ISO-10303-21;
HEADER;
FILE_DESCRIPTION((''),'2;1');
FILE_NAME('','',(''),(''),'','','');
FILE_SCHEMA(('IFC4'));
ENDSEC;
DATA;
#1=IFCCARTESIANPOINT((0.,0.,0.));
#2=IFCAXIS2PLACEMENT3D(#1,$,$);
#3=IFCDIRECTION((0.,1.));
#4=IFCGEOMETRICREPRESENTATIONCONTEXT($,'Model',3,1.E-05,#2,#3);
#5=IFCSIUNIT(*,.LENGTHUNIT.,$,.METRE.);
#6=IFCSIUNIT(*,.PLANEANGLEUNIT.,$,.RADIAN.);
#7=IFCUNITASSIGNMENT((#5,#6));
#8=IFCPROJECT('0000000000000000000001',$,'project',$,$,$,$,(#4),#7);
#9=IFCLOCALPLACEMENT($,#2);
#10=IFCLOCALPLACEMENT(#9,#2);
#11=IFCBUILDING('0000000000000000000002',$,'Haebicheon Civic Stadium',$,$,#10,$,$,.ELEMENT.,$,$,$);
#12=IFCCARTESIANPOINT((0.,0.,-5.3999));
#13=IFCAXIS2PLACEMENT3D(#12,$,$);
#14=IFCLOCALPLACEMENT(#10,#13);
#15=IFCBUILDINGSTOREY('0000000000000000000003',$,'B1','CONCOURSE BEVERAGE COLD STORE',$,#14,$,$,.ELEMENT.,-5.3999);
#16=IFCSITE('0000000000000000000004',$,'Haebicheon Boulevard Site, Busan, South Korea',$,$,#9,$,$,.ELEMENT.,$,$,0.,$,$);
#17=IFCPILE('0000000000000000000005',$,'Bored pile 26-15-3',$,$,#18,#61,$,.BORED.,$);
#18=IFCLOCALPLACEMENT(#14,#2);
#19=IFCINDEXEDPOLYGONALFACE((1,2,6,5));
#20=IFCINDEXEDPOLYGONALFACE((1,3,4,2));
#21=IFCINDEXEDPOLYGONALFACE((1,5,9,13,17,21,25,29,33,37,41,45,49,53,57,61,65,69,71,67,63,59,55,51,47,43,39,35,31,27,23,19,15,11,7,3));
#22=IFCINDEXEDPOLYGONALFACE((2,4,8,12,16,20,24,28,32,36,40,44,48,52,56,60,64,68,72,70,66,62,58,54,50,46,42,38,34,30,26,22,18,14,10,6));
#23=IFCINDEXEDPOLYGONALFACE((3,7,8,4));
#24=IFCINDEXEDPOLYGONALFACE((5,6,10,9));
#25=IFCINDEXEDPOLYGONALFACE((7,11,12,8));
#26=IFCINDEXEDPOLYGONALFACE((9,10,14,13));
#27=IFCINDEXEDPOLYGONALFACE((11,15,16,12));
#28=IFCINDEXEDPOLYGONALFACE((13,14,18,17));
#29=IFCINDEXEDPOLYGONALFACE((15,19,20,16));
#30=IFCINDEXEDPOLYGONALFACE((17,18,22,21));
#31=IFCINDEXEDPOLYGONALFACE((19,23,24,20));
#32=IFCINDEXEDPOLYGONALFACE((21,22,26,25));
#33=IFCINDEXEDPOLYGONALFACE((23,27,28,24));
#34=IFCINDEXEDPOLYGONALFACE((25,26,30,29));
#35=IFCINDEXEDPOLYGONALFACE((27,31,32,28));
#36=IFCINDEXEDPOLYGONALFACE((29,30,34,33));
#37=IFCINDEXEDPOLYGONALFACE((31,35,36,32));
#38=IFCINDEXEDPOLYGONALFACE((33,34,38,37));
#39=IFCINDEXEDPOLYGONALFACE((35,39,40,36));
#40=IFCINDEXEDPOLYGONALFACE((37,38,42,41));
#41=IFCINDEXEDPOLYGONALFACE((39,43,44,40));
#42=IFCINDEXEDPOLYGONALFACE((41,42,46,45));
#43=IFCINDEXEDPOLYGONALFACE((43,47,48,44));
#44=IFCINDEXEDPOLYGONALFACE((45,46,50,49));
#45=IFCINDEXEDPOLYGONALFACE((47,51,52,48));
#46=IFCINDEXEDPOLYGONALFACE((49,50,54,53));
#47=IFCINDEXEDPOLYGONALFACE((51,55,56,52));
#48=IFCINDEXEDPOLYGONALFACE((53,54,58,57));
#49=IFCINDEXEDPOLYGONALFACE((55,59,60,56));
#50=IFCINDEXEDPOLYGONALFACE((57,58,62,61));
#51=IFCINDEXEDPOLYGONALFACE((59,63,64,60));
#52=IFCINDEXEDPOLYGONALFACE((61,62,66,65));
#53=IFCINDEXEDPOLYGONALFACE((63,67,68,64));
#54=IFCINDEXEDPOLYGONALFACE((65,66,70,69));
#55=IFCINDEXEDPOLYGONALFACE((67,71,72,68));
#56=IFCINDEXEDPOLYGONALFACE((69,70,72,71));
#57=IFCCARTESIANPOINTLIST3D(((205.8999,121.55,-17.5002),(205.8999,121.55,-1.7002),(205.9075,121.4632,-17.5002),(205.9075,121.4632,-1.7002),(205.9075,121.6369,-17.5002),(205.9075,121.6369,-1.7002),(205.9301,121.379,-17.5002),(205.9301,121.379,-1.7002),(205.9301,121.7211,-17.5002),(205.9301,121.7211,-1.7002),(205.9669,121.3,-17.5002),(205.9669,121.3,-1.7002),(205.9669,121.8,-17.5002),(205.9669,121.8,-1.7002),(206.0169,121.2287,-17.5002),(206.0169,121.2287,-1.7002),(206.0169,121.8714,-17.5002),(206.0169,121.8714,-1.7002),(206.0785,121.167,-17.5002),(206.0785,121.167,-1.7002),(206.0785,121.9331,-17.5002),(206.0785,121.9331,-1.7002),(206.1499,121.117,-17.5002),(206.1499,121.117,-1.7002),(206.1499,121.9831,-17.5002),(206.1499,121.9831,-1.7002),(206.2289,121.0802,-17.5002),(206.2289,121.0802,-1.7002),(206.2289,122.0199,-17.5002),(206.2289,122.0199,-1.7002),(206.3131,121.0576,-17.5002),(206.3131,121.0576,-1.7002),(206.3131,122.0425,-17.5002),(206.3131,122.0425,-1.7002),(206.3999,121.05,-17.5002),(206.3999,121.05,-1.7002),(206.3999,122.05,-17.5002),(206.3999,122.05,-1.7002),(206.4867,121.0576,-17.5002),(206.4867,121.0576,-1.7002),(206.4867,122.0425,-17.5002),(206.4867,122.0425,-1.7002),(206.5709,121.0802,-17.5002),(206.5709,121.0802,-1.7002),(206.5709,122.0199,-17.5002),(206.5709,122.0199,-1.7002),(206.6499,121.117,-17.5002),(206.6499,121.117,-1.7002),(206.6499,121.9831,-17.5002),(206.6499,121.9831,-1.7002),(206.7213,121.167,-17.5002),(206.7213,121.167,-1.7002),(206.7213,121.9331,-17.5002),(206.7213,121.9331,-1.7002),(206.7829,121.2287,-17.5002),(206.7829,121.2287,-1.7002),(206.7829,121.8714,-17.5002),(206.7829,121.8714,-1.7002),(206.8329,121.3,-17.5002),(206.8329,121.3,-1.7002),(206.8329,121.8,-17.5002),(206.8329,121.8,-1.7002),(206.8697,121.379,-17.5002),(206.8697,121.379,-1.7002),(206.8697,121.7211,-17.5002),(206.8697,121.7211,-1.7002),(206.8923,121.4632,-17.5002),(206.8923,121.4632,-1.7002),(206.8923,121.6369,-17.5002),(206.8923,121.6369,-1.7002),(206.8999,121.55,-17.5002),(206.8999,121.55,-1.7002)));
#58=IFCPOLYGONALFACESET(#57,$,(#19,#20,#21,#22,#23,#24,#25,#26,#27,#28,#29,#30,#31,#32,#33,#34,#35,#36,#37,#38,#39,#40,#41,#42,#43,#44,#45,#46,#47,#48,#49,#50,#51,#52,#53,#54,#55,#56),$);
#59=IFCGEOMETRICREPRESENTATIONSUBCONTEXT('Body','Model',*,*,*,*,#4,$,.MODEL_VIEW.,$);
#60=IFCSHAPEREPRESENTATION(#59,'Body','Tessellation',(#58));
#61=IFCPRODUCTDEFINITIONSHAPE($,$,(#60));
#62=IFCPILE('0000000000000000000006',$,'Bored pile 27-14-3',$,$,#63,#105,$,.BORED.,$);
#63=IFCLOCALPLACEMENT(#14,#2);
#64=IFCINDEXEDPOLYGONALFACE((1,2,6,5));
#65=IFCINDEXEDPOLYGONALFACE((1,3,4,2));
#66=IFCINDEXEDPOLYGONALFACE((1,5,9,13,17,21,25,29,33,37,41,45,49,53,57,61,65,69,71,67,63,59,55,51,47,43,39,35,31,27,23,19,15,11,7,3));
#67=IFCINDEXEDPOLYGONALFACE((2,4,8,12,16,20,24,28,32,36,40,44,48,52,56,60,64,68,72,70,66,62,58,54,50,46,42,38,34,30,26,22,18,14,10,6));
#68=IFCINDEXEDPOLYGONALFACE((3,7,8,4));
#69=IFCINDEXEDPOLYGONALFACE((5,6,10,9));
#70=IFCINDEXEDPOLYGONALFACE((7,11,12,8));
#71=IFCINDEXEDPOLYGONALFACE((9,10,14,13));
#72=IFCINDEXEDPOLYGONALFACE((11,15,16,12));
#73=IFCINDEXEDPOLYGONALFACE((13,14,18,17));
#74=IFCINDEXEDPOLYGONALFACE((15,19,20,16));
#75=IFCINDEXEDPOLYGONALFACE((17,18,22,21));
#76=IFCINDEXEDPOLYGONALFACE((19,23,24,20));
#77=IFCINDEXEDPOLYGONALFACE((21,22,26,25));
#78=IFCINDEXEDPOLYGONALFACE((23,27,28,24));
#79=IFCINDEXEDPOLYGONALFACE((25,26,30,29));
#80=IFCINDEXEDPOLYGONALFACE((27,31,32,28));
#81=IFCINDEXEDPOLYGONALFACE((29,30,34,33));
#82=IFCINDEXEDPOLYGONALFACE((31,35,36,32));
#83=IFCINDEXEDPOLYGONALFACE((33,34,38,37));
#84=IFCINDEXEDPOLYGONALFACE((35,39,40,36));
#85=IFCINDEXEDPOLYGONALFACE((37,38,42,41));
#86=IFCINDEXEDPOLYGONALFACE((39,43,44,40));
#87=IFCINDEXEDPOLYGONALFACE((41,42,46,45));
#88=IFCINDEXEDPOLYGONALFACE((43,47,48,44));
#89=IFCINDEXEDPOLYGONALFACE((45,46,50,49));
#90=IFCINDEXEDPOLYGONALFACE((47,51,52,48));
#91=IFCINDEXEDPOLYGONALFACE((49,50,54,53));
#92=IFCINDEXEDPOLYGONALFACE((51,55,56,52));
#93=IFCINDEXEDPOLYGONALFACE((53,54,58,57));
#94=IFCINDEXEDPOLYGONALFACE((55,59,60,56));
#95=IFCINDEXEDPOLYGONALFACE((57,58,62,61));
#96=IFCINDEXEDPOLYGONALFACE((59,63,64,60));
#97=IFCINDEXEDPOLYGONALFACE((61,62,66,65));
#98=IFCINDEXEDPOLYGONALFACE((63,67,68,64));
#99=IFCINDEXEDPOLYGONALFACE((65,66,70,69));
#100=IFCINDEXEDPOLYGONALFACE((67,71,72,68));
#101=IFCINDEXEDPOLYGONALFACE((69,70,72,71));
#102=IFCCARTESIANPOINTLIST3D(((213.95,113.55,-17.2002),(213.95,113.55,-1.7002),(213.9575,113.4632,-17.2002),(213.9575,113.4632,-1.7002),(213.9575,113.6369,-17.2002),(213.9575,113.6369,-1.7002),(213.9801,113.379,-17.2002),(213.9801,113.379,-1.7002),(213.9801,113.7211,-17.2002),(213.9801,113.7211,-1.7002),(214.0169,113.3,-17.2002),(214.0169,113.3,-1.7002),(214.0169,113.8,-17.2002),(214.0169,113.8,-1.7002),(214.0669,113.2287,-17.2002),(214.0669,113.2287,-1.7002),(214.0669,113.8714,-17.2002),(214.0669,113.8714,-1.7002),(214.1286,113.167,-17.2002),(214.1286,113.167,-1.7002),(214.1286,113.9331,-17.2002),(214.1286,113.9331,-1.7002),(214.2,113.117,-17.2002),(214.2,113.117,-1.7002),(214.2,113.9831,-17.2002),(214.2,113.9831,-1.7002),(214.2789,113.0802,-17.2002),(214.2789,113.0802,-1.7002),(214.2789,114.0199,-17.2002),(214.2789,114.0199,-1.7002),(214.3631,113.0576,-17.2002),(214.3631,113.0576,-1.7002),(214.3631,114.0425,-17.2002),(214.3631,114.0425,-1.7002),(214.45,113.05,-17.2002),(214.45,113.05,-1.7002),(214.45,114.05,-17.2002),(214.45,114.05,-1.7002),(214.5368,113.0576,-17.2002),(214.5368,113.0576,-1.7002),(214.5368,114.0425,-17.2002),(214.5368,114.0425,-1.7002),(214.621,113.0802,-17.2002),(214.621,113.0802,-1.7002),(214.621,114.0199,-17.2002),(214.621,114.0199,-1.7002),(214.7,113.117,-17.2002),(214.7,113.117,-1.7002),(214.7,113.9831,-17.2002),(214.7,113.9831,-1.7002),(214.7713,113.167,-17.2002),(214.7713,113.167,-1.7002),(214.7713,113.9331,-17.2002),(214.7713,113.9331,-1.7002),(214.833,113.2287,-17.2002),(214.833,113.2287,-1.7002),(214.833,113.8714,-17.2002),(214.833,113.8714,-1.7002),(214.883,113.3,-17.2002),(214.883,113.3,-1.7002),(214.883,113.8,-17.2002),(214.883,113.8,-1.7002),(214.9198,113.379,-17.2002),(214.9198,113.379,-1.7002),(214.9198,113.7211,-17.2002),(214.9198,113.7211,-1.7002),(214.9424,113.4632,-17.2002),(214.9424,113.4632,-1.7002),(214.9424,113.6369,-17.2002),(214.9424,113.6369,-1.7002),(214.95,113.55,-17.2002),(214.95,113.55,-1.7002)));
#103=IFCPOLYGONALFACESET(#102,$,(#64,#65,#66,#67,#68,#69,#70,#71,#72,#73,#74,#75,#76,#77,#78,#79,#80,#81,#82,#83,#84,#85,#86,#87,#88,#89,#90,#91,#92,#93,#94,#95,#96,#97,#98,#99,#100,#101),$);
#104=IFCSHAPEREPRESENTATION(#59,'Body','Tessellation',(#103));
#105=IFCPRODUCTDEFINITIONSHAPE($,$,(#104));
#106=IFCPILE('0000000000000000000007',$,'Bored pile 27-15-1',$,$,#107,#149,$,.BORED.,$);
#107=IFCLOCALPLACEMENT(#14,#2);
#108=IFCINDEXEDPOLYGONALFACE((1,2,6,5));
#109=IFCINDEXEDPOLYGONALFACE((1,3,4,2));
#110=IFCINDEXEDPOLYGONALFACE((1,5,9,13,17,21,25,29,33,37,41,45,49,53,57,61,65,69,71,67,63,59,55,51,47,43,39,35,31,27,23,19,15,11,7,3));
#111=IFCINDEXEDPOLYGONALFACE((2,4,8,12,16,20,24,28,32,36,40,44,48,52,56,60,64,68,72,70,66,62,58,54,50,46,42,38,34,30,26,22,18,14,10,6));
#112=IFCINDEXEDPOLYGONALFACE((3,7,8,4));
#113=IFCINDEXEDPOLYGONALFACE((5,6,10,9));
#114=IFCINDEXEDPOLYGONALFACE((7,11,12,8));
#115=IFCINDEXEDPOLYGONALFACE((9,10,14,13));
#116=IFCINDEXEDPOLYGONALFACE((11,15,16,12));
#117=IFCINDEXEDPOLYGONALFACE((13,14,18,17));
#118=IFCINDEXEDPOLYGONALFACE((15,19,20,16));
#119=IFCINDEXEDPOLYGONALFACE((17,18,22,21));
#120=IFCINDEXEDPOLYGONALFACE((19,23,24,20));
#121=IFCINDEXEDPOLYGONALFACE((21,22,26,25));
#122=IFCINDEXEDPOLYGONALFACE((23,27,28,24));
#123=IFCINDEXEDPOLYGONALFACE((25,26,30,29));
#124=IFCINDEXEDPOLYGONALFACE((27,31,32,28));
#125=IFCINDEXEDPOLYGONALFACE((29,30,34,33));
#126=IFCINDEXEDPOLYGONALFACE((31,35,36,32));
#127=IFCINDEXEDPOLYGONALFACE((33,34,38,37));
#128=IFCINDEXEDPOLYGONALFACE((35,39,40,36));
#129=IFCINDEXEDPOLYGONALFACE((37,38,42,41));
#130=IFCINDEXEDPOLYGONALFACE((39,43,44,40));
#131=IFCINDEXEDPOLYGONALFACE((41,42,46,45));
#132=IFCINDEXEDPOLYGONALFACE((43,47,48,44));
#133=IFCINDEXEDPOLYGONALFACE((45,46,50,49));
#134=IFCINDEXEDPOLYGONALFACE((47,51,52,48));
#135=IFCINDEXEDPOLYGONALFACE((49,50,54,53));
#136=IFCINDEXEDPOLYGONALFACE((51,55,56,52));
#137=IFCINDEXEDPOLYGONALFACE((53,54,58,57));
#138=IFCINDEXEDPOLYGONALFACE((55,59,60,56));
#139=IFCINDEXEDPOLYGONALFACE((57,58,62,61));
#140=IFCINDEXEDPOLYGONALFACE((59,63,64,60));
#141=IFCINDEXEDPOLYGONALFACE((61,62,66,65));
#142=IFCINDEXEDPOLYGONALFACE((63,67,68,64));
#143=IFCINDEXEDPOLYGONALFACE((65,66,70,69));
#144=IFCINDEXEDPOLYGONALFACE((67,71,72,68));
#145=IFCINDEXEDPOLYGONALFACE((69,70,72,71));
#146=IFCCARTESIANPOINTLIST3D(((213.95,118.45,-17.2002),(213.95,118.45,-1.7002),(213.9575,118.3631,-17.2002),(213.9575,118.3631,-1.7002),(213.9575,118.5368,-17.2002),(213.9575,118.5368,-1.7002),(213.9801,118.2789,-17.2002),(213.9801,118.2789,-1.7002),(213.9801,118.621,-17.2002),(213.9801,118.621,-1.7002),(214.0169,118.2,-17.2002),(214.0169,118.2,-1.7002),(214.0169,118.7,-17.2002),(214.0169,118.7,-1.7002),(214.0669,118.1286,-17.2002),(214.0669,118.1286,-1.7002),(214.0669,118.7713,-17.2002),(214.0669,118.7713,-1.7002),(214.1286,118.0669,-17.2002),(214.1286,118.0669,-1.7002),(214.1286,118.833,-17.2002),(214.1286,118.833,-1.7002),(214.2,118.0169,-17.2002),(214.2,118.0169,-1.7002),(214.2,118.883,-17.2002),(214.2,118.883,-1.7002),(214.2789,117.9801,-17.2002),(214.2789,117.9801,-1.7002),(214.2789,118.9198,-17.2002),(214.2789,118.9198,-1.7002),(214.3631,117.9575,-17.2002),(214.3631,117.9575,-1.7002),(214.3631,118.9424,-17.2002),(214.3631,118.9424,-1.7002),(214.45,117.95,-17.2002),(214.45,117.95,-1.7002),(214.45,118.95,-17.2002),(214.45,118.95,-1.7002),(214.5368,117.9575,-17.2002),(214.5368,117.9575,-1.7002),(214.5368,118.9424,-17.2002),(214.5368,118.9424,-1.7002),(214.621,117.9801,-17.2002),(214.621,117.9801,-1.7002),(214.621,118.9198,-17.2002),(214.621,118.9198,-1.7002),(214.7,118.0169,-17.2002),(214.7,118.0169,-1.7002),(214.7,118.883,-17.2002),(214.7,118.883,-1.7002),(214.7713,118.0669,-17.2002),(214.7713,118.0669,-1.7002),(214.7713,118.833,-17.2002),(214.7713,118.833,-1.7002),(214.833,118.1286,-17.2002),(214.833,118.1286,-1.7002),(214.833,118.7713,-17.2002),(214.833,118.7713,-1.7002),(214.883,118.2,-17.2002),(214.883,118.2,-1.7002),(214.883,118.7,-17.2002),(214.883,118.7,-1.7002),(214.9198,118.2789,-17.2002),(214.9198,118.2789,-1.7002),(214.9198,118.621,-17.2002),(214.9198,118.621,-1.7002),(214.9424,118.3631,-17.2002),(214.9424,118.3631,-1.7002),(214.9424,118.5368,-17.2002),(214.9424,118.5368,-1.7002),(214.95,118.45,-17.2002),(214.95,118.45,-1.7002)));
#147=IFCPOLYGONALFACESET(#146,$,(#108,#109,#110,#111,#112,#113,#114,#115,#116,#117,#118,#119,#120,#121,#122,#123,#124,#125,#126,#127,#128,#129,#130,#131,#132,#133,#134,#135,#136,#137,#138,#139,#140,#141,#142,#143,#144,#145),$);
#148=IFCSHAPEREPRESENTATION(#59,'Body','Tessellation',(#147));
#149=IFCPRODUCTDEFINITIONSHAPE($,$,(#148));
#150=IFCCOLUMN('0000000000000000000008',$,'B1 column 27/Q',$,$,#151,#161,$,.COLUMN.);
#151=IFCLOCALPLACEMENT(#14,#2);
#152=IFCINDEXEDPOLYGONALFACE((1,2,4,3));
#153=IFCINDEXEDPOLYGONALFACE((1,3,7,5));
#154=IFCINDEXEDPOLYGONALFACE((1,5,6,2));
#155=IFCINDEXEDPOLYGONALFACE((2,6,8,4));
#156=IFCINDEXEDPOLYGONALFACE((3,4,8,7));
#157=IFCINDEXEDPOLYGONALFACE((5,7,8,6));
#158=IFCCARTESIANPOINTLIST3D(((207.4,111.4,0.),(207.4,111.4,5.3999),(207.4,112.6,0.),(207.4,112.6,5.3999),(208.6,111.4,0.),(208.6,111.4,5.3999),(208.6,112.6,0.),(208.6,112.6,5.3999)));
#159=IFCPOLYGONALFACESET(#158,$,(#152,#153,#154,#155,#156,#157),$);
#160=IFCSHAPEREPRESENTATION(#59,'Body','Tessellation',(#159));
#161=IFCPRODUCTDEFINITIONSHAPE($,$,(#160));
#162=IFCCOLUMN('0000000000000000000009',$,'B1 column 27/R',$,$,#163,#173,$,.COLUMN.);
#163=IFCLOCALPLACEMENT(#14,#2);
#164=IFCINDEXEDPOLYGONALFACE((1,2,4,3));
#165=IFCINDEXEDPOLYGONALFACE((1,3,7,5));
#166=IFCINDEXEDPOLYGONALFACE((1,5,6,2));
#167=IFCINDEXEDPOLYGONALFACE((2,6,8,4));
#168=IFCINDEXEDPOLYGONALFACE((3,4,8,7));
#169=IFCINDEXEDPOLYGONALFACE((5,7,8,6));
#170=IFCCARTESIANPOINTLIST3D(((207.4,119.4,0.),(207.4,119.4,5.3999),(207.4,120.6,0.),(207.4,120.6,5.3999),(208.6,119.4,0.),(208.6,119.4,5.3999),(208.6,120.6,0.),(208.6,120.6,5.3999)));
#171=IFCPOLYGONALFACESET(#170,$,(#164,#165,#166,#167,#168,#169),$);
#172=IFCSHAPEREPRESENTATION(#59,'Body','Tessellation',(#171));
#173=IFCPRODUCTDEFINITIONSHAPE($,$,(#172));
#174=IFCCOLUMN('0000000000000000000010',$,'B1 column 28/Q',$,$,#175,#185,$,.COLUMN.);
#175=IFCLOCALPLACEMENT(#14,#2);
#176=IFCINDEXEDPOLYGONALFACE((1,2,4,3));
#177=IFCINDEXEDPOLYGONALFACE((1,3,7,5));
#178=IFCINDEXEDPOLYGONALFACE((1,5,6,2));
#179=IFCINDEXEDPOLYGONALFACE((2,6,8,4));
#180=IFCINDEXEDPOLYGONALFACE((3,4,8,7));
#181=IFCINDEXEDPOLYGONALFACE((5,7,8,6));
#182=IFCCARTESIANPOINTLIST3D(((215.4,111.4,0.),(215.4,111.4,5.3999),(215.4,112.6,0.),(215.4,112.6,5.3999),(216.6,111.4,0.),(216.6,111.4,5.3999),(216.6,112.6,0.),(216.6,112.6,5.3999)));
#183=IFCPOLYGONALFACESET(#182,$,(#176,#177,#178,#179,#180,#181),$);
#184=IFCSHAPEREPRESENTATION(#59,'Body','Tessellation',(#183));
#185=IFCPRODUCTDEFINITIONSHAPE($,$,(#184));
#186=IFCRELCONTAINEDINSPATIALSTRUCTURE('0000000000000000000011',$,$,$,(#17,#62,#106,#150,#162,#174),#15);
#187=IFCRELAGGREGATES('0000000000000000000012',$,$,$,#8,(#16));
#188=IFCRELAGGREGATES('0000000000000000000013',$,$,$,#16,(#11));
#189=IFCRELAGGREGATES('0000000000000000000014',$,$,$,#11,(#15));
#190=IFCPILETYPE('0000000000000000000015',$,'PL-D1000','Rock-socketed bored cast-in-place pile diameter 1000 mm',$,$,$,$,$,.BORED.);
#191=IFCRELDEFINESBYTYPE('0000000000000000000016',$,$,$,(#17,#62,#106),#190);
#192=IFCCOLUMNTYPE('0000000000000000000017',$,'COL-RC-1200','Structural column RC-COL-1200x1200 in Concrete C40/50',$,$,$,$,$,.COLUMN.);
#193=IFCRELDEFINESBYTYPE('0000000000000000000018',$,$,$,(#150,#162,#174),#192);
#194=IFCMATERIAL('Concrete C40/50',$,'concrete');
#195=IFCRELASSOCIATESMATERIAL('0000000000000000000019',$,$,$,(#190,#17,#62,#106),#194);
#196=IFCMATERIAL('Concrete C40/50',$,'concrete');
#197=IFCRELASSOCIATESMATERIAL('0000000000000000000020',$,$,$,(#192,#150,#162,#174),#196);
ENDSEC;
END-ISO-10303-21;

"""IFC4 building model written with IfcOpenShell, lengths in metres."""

from ifc_helpers import new_model, si_unit, direction, frame, origin, origin_2d, place, context, subcontext, project, spatial, rectangle, circle, extrude, material, material_profile, profile_set, type_object, element, save


model = new_model("IFC4")

# Units and contexts
model_context = context("Model", 3, precision=1e-05, world=origin(), true_north=direction((0.0, 1.0)))
body_context = subcontext(model_context, "Body", "Model", "MODEL_VIEW")
ifc_project = project(units=[si_unit("LENGTHUNIT", "METRE"), si_unit("PLANEANGLEUNIT", "RADIAN")], contexts=[model_context])

# Site, building, storey
site_placement = place(None, origin())
site = spatial("IfcSite", under=ifc_project, at=site_placement, Name="Haebicheon Boulevard Site, Busan, South Korea", CompositionType="ELEMENT", RefElevation=0.0)
building_placement = place(site_placement, origin())
building = spatial("IfcBuilding", under=site, at=building_placement, Name="Haebicheon Civic Stadium", CompositionType="ELEMENT")
storey_placement = place(building_placement, frame((0.0, 0.0, -5.3999)))
storey = spatial("IfcBuildingStorey", under=building, at=storey_placement, Name="B1", Description="CONCOURSE BEVERAGE COLD STORE", CompositionType="ELEMENT", Elevation=-5.3999)

# Piles
ifc_material_1 = material(Name="Concrete C40/50", Category="concrete")
ifc_material_profile_1 = material_profile(ifc_material_1, circle(Radius=0.5, at=origin_2d()), Name="PILE-D1000")
ifc_profile_set_1 = profile_set([ifc_material_profile_1], Name="Concrete C40/50")
pile_type = type_object("IfcPileType", Name="PL-D1000", Description="Rock-socketed bored cast-in-place pile diameter 1000 mm", PredefinedType="BORED", material=ifc_profile_set_1)
for number, where, z_axis, x_axis, name in (
    (1, (206.3999, 121.55, -1.7002), (0.0, 0.0, -1.0), (1.0, 0.0, 0.0), "Bored pile 26-15-3"),
):
    element("IfcPile", number, at=place(storey_placement, frame(where, z_axis=z_axis, x_axis=x_axis)), inside=storey, type_object=pile_type, material=ifc_profile_set_1, Name=name, PredefinedType="BORED", context=body_context, shape_type="SweptSolid", body=[
        extrude(circle(Radius=0.5, at=origin_2d()), origin(), (0.0, 0.0, 1.0), 15.8),
    ])
for number, where, z_axis, x_axis, name in (
    (2, (214.45, 113.55, -1.7002), (0.0, 0.0, -1.0), (1.0, 0.0, 0.0), "Bored pile 27-14-3"),
    (3, (214.45, 118.45, -1.7002), (0.0, 0.0, -1.0), (1.0, 0.0, 0.0), "Bored pile 27-15-1"),
):
    element("IfcPile", number, at=place(storey_placement, frame(where, z_axis=z_axis, x_axis=x_axis)), inside=storey, type_object=pile_type, material=ifc_profile_set_1, Name=name, PredefinedType="BORED", context=body_context, shape_type="SweptSolid", body=[
        extrude(circle(Radius=0.5, at=origin_2d()), origin(), (0.0, 0.0, 1.0), 15.5),
    ])

# Columns
ifc_material_2 = material(Name="Concrete C40/50", Category="concrete")
ifc_material_profile_2 = material_profile(ifc_material_2, rectangle(XDim=1.2, YDim=1.2, at=origin_2d()), Name="RC-COL-1200x1200")
ifc_profile_set_2 = profile_set([ifc_material_profile_2], Name="Concrete C40/50")
column_type = type_object("IfcColumnType", Name="COL-RC-1200", Description="Structural column RC-COL-1200x1200 in Concrete C40/50", PredefinedType="COLUMN", material=ifc_profile_set_2)
for number, where, z_axis, x_axis, name in (
    (4, (208.0, 112.0, 0.0), (0.0, 0.0, 1.0), (1.0, 0.0, 0.0), "B1 column 27/Q"),
    (5, (208.0, 120.0, 0.0), (0.0, 0.0, 1.0), (1.0, 0.0, 0.0), "B1 column 27/R"),
    (6, (216.0, 112.0, 0.0), (0.0, 0.0, 1.0), (1.0, 0.0, 0.0), "B1 column 28/Q"),
):
    element("IfcColumn", number, at=place(storey_placement, frame(where, z_axis=z_axis, x_axis=x_axis)), inside=storey, type_object=column_type, material=ifc_profile_set_2, Name=name, PredefinedType="COLUMN", context=body_context, shape_type="SweptSolid", body=[
        extrude(rectangle(XDim=1.2, YDim=1.2, at=origin_2d()), origin(), (0.0, 0.0, 1.0), 5.3999),
    ])

save(model, "model.ifc")
